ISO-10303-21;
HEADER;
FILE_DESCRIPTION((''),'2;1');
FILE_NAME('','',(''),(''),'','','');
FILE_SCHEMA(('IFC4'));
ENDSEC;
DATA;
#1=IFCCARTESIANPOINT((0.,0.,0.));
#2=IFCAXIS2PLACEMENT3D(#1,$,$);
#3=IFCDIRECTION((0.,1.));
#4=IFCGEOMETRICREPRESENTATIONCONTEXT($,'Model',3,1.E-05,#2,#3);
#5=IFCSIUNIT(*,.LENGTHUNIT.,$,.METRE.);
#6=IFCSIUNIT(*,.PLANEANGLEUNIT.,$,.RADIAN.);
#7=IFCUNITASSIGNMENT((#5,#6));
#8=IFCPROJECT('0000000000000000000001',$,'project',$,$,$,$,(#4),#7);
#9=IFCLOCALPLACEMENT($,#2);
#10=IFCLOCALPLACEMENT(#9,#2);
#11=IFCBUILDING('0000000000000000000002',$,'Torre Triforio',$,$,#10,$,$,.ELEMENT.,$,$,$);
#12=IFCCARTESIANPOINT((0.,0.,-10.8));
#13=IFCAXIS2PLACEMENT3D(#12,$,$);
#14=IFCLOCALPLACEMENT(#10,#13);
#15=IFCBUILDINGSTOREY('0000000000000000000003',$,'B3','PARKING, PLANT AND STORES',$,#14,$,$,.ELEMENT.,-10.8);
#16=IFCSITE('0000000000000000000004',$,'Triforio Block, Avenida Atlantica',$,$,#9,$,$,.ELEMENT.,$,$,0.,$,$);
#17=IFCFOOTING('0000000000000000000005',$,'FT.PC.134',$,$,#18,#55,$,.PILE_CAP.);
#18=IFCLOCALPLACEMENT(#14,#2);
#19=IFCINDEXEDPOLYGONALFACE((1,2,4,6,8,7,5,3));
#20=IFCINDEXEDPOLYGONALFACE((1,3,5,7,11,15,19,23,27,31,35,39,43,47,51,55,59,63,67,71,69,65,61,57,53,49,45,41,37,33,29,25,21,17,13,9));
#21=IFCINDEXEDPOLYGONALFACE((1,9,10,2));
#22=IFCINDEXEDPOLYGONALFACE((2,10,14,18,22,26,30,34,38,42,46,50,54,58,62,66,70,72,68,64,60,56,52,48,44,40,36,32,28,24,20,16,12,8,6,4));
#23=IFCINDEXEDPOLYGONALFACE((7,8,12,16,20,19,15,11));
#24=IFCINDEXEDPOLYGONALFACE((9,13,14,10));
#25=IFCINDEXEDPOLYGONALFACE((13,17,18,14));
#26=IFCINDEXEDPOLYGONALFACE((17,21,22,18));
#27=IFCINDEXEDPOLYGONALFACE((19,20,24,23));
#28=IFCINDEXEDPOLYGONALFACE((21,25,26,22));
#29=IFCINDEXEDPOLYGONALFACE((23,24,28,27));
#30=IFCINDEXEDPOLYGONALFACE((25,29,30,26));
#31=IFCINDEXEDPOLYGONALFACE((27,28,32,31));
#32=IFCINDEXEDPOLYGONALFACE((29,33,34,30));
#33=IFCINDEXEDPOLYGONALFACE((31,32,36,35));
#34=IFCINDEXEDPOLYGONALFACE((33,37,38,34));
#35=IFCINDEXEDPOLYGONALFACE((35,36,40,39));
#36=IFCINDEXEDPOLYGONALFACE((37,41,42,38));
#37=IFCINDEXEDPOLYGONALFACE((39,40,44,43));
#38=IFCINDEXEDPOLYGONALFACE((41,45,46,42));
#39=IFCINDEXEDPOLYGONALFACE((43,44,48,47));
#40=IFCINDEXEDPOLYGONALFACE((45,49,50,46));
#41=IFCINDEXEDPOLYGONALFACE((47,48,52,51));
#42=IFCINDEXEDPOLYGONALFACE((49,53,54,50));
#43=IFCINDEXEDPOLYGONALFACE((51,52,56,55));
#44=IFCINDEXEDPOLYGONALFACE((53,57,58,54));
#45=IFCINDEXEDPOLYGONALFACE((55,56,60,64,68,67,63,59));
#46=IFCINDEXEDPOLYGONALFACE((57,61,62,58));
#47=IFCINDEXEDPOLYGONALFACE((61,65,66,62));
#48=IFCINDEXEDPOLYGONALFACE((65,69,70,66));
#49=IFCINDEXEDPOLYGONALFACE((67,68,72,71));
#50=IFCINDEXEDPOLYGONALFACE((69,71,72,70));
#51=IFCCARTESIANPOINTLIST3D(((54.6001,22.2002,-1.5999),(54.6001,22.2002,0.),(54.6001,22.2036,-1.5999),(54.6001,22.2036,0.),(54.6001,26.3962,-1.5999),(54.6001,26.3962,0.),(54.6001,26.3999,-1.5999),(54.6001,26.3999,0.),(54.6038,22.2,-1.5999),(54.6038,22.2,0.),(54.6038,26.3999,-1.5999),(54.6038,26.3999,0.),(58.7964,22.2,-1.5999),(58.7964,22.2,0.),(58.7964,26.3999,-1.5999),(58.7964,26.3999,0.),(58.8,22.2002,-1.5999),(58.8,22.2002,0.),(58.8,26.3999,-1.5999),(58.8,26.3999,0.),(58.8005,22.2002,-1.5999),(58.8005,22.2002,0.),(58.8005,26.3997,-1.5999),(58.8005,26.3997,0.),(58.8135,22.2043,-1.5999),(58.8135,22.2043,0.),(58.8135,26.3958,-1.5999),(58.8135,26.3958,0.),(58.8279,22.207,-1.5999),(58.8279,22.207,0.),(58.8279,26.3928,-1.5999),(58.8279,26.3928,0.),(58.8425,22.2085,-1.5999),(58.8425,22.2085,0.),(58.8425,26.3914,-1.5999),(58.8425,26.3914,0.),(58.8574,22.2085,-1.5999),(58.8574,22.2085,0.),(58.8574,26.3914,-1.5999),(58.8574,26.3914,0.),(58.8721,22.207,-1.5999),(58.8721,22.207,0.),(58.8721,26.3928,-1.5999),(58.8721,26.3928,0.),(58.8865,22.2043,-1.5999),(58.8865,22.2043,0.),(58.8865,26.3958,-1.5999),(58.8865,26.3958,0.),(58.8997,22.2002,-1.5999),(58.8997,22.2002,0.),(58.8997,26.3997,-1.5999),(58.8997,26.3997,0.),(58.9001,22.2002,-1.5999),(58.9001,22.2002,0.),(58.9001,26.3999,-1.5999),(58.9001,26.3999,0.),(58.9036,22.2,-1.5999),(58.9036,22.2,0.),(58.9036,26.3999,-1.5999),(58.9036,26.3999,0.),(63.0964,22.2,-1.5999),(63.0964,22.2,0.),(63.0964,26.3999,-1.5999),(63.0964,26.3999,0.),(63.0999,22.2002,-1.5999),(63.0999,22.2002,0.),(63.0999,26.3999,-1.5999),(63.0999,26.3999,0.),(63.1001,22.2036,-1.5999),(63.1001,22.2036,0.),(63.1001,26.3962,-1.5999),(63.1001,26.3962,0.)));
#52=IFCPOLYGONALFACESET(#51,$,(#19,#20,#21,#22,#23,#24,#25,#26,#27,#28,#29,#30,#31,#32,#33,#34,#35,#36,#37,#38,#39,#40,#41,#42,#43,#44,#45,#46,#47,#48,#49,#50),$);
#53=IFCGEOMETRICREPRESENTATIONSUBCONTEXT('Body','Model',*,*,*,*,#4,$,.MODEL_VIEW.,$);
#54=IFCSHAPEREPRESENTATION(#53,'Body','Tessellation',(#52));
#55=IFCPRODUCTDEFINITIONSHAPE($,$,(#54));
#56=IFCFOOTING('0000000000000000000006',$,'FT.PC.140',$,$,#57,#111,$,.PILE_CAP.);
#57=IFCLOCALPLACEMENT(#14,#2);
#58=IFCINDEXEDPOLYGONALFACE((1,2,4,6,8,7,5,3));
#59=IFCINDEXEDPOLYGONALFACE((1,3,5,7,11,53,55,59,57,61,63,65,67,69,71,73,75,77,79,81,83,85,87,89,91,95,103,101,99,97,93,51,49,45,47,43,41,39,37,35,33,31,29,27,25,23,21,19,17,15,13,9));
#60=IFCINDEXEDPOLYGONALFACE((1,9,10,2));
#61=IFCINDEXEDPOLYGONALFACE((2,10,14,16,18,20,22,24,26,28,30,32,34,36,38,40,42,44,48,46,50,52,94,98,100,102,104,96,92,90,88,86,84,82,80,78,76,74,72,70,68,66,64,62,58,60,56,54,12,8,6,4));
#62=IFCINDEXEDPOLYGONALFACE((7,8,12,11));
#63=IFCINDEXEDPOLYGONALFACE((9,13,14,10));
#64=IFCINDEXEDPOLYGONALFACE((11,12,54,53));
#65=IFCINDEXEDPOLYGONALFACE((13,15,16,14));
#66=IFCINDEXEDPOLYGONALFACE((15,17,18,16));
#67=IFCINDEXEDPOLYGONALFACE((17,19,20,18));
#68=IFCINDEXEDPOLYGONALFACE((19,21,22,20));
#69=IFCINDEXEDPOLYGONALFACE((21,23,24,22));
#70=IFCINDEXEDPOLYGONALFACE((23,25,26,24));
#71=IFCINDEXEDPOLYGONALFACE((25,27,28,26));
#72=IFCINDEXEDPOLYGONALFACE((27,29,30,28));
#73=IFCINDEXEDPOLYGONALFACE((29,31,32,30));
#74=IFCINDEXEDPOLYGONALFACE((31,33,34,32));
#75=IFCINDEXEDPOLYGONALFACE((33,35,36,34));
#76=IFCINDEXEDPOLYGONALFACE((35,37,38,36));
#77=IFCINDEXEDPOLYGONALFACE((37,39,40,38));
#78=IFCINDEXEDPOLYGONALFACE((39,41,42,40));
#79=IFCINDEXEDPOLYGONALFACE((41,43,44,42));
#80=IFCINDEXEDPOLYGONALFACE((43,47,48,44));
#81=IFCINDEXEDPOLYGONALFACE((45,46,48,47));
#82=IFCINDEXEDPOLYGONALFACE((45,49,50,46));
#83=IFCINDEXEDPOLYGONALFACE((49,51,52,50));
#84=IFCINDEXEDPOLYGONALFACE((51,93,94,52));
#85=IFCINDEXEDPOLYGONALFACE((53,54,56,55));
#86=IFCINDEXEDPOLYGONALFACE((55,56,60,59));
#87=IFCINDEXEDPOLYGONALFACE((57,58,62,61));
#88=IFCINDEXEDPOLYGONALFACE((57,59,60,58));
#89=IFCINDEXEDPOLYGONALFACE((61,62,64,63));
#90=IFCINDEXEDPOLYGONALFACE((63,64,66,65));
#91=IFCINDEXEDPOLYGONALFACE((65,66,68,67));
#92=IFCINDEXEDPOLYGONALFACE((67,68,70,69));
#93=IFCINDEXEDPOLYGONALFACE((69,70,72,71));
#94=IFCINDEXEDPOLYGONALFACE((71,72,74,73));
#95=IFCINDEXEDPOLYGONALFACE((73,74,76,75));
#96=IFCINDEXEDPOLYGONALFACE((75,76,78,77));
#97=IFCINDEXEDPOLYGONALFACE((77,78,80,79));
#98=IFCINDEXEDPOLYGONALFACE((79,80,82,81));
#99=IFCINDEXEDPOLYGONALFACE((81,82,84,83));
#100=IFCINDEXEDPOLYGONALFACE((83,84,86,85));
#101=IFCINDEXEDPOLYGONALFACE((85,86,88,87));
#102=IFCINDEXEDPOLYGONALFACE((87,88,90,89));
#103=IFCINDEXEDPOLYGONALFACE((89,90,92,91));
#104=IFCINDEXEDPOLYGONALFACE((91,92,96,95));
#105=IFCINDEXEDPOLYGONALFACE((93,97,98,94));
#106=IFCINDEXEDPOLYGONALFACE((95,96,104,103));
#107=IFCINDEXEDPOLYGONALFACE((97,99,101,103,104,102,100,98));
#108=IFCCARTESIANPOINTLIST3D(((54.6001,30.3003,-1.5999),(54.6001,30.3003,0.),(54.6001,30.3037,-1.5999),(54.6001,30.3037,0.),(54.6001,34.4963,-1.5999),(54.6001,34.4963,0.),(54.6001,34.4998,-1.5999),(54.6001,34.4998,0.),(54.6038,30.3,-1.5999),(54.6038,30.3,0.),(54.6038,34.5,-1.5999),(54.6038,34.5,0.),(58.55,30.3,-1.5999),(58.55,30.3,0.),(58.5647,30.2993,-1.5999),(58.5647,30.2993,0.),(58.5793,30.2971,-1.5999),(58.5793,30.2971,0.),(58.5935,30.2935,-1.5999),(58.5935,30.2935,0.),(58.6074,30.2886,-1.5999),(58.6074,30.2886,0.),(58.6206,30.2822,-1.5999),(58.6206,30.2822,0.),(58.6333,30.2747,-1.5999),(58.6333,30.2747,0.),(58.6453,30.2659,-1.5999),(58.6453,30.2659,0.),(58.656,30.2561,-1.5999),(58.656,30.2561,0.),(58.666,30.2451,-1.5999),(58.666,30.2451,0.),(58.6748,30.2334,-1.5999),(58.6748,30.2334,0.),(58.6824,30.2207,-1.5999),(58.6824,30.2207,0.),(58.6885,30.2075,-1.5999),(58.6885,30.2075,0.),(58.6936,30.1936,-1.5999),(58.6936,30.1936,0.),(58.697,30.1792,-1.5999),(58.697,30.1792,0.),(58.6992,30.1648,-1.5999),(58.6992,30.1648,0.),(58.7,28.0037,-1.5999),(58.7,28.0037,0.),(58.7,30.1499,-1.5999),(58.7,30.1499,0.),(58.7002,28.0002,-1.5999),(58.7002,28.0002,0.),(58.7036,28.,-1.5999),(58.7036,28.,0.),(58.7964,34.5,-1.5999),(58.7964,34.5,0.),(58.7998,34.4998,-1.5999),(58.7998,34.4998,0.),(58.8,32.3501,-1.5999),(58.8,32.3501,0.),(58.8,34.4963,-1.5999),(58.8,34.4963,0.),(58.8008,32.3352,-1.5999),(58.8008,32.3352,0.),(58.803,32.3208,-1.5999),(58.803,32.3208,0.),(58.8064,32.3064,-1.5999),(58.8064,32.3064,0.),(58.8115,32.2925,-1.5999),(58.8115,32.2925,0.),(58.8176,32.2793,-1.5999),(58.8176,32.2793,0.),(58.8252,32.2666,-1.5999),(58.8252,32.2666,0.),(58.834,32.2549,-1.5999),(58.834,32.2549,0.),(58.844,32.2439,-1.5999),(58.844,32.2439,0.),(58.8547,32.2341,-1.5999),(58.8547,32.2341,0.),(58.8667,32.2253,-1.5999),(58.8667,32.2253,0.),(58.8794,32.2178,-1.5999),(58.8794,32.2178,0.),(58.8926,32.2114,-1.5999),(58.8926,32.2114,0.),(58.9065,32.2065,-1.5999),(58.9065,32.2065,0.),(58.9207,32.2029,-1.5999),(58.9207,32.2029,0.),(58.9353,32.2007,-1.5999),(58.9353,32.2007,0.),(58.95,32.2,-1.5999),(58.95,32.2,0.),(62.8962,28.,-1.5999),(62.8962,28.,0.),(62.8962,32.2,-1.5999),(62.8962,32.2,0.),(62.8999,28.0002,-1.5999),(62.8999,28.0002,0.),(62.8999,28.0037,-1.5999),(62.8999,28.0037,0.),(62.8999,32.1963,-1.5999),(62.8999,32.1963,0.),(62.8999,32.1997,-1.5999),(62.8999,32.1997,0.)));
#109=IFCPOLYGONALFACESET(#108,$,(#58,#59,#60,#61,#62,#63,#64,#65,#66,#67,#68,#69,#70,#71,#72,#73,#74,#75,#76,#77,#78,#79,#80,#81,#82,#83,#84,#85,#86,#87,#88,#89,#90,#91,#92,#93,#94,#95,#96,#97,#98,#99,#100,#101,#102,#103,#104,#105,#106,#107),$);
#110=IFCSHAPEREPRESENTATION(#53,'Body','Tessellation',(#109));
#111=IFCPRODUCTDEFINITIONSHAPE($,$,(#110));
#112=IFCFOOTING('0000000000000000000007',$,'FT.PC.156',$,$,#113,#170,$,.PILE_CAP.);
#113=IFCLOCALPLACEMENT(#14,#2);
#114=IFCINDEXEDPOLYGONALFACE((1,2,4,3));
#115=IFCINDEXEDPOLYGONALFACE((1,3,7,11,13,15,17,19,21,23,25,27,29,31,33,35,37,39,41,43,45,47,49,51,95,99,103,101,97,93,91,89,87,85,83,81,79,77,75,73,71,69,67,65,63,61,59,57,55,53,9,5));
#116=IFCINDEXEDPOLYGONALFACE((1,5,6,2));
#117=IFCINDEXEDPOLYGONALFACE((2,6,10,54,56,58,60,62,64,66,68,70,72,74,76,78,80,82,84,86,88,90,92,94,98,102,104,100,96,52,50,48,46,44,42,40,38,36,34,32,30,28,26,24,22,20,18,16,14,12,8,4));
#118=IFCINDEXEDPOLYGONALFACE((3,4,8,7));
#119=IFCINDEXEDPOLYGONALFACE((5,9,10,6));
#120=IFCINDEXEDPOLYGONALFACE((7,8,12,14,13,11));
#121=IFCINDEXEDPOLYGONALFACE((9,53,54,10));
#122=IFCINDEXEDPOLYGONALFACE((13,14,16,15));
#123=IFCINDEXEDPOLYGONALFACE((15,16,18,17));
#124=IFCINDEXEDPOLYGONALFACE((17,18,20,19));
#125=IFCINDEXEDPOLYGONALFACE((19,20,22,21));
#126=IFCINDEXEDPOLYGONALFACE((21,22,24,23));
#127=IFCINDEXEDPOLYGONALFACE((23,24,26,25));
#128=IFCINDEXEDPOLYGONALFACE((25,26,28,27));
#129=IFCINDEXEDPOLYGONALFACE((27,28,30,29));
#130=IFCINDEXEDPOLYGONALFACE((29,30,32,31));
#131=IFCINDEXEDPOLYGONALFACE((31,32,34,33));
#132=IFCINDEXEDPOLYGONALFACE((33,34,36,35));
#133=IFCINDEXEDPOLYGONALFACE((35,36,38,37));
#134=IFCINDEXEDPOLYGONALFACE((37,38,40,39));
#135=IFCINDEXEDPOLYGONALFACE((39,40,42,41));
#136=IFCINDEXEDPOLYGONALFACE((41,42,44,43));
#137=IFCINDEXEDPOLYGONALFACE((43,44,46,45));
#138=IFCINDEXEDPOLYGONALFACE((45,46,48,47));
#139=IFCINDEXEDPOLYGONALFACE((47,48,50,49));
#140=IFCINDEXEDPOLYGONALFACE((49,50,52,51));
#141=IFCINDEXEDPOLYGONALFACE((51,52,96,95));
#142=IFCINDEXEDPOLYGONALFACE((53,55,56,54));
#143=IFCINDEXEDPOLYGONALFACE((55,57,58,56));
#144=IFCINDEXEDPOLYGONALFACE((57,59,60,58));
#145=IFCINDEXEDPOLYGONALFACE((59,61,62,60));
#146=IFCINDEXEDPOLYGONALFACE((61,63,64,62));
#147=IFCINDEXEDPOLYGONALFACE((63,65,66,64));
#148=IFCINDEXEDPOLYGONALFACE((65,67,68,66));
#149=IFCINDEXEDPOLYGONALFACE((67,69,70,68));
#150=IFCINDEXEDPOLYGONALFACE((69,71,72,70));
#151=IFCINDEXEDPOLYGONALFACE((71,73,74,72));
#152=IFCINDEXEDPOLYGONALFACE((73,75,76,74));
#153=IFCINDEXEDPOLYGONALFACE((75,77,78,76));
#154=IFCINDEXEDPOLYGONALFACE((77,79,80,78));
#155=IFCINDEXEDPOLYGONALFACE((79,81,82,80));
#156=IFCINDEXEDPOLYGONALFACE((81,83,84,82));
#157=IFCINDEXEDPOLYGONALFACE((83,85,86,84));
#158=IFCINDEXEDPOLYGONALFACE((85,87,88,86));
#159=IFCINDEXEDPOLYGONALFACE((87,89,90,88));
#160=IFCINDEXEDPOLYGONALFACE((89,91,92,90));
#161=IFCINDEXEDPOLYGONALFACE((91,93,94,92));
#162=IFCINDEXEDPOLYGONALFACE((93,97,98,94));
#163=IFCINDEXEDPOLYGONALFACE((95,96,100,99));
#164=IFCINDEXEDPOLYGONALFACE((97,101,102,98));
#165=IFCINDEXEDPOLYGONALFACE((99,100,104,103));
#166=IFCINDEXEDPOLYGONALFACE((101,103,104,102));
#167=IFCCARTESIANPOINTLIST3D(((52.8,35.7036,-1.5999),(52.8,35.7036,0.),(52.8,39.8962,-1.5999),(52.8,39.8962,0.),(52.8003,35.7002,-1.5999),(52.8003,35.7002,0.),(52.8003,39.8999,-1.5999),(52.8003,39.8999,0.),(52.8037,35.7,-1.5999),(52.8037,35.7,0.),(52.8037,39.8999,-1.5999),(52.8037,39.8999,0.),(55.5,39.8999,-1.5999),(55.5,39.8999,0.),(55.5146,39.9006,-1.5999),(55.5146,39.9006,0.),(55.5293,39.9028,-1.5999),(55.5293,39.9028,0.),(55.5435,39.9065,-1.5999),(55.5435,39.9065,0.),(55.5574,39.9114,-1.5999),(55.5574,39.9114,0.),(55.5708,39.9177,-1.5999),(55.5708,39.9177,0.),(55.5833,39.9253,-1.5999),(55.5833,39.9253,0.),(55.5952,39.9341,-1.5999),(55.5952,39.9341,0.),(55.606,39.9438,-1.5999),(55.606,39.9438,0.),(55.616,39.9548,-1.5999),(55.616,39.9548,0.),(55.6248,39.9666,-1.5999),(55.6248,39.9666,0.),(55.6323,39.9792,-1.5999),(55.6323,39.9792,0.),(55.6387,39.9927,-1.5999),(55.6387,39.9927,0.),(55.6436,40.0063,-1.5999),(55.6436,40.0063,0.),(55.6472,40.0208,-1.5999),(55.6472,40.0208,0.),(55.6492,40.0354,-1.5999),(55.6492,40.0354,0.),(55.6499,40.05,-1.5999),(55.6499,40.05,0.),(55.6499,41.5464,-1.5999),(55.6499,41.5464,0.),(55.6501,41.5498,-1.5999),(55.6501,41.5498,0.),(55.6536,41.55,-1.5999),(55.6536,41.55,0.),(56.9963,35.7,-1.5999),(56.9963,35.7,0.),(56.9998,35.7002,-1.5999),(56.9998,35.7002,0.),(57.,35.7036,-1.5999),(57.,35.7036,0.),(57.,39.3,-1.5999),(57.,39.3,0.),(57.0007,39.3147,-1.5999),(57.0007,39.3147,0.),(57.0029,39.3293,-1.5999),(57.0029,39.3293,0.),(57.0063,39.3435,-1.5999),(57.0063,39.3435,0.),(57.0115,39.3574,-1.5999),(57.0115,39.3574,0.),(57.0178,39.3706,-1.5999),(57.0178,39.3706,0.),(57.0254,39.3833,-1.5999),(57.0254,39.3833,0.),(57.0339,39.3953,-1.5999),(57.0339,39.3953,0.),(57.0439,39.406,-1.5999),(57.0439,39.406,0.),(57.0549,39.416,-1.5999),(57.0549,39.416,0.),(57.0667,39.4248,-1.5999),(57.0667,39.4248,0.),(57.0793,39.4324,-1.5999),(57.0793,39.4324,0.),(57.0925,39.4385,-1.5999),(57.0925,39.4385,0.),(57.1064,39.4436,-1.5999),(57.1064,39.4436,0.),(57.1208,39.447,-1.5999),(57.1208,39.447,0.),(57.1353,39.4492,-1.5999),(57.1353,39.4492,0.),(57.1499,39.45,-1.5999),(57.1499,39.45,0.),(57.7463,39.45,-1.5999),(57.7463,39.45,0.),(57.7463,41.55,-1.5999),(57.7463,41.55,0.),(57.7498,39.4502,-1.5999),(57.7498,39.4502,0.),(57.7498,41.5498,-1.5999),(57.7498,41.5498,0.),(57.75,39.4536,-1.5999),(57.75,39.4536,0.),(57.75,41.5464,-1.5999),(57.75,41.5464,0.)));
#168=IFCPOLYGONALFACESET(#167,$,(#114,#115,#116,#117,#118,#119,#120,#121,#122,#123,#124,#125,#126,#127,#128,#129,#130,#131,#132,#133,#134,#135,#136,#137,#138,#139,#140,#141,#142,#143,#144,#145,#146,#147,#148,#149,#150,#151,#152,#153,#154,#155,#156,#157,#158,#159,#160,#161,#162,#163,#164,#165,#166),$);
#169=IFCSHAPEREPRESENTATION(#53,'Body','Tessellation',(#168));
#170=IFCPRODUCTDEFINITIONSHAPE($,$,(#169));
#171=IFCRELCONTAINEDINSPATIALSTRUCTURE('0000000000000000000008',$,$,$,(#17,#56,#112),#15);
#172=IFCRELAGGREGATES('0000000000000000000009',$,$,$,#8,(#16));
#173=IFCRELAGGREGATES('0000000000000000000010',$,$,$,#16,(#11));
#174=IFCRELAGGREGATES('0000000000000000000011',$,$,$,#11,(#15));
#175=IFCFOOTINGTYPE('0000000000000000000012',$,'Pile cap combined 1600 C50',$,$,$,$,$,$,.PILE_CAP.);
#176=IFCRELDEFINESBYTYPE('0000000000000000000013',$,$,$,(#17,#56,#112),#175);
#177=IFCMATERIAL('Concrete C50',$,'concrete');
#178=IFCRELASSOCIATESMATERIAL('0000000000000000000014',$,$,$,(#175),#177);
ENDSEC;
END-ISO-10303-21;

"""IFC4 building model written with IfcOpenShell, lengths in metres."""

from ifc_helpers import new_model, si_unit, direction, frame, origin, place, context, subcontext, project, spatial, polyline, outline, extrude, material, type_object, element, save


model = new_model("IFC4")

# Units and contexts
model_context = context("Model", 3, precision=1e-05, world=origin(), true_north=direction((0.0, 1.0)))
body_context = subcontext(model_context, "Body", "Model", "MODEL_VIEW")
ifc_project = project(units=[si_unit("LENGTHUNIT", "METRE"), si_unit("PLANEANGLEUNIT", "RADIAN")], contexts=[model_context])

# Site, building, storey
site_placement = place(None, origin())
site = spatial("IfcSite", under=ifc_project, at=site_placement, Name="Triforio Block, Avenida Atlantica", CompositionType="ELEMENT", RefElevation=0.0)
building_placement = place(site_placement, origin())
building = spatial("IfcBuilding", under=site, at=building_placement, Name="Torre Triforio", CompositionType="ELEMENT")
storey_placement = place(building_placement, frame((0.0, 0.0, -10.8)))
storey = spatial("IfcBuildingStorey", under=building, at=storey_placement, Name="B3", Description="PARKING, PLANT AND STORES", CompositionType="ELEMENT", Elevation=-10.8)

# Footings
ifc_material_1 = material(Name="Concrete C50", Category="concrete")
footing_type_1 = type_object("IfcFootingType", Name="Pile cap combined 1600 C50", PredefinedType="PILE_CAP", material=ifc_material_1)
footing_1_placement = place(storey_placement, frame((0.0, 0.0, -1.5999)))
element("IfcFooting", 1, at=footing_1_placement, inside=storey, type_object=footing_type_1, Name="FT.PC.134", PredefinedType="PILE_CAP", context=body_context, shape_type="SweptSolid", body=[
    extrude(outline(polyline([(54.6001, 22.2002), (54.6038, 22.2), (58.7964, 22.2), (58.8, 22.2002), (58.8005, 22.2002), (58.8135, 22.2043), (58.8279, 22.207), (58.8425, 22.2085), (58.8574, 22.2085), (58.8721, 22.207), (58.8865, 22.2043), (58.8997, 22.2002), (58.9001, 22.2002), (58.9036, 22.2), (63.0964, 22.2), (63.0999, 22.2002), (63.1001, 22.2036), (63.1001, 26.3962), (63.0999, 26.3999), (63.0964, 26.3999), (58.9036, 26.3999), (58.9001, 26.3999), (58.8997, 26.3997), (58.8865, 26.3958), (58.8721, 26.3928), (58.8574, 26.3914), (58.8425, 26.3914), (58.8279, 26.3928), (58.8135, 26.3958), (58.8005, 26.3997), (58.8, 26.3999), (58.7964, 26.3999), (54.6038, 26.3999), (54.6001, 26.3999), (54.6001, 26.3962), (54.6001, 22.2036), (54.6001, 22.2002)])), origin(), (0.0, 0.0, 1.0), 1.5999),
])
footing_2_placement = place(storey_placement, frame((0.0, 0.0, -1.5999)))
element("IfcFooting", 2, at=footing_2_placement, inside=storey, type_object=footing_type_1, Name="FT.PC.140", PredefinedType="PILE_CAP", context=body_context, shape_type="SweptSolid", body=[
    extrude(outline(polyline([(54.6001, 30.3003), (54.6038, 30.3), (58.55, 30.3), (58.5647, 30.2993), (58.5793, 30.2971), (58.5935, 30.2935), (58.6074, 30.2886), (58.6206, 30.2822), (58.6333, 30.2747), (58.6453, 30.2659), (58.656, 30.2561), (58.666, 30.2451), (58.6748, 30.2334), (58.6824, 30.2207), (58.6885, 30.2075), (58.6936, 30.1936), (58.697, 30.1792), (58.6992, 30.1648), (58.7, 30.1499), (58.7, 28.0037), (58.7002, 28.0002), (58.7036, 28.0), (62.8962, 28.0), (62.8999, 28.0002), (62.8999, 28.0037), (62.8999, 32.1963), (62.8999, 32.1997), (62.8962, 32.2), (58.95, 32.2), (58.9353, 32.2007), (58.9207, 32.2029), (58.9065, 32.2065), (58.8926, 32.2114), (58.8794, 32.2178), (58.8667, 32.2253), (58.8547, 32.2341), (58.844, 32.2439), (58.834, 32.2549), (58.8252, 32.2666), (58.8176, 32.2793), (58.8115, 32.2925), (58.8064, 32.3064), (58.803, 32.3208), (58.8008, 32.3352), (58.8, 32.3501), (58.8, 34.4963), (58.7998, 34.4998), (58.7964, 34.5), (54.6038, 34.5), (54.6001, 34.4998), (54.6001, 34.4963), (54.6001, 30.3037), (54.6001, 30.3003)])), origin(), (0.0, 0.0, 1.0), 1.5999),
])
footing_3_placement = place(storey_placement, frame((0.0, 0.0, -1.5999)))
element("IfcFooting", 3, at=footing_3_placement, inside=storey, type_object=footing_type_1, Name="FT.PC.156", PredefinedType="PILE_CAP", context=body_context, shape_type="SweptSolid", body=[
    extrude(outline(polyline([(52.8003, 35.7002), (52.8037, 35.7), (56.9963, 35.7), (56.9998, 35.7002), (57.0, 35.7036), (57.0, 39.3), (57.0007, 39.3147), (57.0029, 39.3293), (57.0063, 39.3435), (57.0115, 39.3574), (57.0178, 39.3706), (57.0254, 39.3833), (57.0339, 39.3953), (57.0439, 39.406), (57.0549, 39.416), (57.0667, 39.4248), (57.0793, 39.4324), (57.0925, 39.4385), (57.1064, 39.4436), (57.1208, 39.447), (57.1353, 39.4492), (57.1499, 39.45), (57.7463, 39.45), (57.7498, 39.4502), (57.75, 39.4536), (57.75, 41.5464), (57.7498, 41.5498), (57.7463, 41.55), (55.6536, 41.55), (55.6501, 41.5498), (55.6499, 41.5464), (55.6499, 40.05), (55.6492, 40.0354), (55.6472, 40.0208), (55.6436, 40.0063), (55.6387, 39.9927), (55.6323, 39.9792), (55.6248, 39.9666), (55.616, 39.9548), (55.606, 39.9438), (55.5952, 39.9341), (55.5833, 39.9253), (55.5708, 39.9177), (55.5574, 39.9114), (55.5435, 39.9065), (55.5293, 39.9028), (55.5146, 39.9006), (55.5, 39.8999), (52.8037, 39.8999), (52.8003, 39.8999), (52.8, 39.8962), (52.8, 35.7036), (52.8003, 35.7002)])), origin(), (0.0, 0.0, 1.0), 1.5999),
])

save(model, "model.ifc")
